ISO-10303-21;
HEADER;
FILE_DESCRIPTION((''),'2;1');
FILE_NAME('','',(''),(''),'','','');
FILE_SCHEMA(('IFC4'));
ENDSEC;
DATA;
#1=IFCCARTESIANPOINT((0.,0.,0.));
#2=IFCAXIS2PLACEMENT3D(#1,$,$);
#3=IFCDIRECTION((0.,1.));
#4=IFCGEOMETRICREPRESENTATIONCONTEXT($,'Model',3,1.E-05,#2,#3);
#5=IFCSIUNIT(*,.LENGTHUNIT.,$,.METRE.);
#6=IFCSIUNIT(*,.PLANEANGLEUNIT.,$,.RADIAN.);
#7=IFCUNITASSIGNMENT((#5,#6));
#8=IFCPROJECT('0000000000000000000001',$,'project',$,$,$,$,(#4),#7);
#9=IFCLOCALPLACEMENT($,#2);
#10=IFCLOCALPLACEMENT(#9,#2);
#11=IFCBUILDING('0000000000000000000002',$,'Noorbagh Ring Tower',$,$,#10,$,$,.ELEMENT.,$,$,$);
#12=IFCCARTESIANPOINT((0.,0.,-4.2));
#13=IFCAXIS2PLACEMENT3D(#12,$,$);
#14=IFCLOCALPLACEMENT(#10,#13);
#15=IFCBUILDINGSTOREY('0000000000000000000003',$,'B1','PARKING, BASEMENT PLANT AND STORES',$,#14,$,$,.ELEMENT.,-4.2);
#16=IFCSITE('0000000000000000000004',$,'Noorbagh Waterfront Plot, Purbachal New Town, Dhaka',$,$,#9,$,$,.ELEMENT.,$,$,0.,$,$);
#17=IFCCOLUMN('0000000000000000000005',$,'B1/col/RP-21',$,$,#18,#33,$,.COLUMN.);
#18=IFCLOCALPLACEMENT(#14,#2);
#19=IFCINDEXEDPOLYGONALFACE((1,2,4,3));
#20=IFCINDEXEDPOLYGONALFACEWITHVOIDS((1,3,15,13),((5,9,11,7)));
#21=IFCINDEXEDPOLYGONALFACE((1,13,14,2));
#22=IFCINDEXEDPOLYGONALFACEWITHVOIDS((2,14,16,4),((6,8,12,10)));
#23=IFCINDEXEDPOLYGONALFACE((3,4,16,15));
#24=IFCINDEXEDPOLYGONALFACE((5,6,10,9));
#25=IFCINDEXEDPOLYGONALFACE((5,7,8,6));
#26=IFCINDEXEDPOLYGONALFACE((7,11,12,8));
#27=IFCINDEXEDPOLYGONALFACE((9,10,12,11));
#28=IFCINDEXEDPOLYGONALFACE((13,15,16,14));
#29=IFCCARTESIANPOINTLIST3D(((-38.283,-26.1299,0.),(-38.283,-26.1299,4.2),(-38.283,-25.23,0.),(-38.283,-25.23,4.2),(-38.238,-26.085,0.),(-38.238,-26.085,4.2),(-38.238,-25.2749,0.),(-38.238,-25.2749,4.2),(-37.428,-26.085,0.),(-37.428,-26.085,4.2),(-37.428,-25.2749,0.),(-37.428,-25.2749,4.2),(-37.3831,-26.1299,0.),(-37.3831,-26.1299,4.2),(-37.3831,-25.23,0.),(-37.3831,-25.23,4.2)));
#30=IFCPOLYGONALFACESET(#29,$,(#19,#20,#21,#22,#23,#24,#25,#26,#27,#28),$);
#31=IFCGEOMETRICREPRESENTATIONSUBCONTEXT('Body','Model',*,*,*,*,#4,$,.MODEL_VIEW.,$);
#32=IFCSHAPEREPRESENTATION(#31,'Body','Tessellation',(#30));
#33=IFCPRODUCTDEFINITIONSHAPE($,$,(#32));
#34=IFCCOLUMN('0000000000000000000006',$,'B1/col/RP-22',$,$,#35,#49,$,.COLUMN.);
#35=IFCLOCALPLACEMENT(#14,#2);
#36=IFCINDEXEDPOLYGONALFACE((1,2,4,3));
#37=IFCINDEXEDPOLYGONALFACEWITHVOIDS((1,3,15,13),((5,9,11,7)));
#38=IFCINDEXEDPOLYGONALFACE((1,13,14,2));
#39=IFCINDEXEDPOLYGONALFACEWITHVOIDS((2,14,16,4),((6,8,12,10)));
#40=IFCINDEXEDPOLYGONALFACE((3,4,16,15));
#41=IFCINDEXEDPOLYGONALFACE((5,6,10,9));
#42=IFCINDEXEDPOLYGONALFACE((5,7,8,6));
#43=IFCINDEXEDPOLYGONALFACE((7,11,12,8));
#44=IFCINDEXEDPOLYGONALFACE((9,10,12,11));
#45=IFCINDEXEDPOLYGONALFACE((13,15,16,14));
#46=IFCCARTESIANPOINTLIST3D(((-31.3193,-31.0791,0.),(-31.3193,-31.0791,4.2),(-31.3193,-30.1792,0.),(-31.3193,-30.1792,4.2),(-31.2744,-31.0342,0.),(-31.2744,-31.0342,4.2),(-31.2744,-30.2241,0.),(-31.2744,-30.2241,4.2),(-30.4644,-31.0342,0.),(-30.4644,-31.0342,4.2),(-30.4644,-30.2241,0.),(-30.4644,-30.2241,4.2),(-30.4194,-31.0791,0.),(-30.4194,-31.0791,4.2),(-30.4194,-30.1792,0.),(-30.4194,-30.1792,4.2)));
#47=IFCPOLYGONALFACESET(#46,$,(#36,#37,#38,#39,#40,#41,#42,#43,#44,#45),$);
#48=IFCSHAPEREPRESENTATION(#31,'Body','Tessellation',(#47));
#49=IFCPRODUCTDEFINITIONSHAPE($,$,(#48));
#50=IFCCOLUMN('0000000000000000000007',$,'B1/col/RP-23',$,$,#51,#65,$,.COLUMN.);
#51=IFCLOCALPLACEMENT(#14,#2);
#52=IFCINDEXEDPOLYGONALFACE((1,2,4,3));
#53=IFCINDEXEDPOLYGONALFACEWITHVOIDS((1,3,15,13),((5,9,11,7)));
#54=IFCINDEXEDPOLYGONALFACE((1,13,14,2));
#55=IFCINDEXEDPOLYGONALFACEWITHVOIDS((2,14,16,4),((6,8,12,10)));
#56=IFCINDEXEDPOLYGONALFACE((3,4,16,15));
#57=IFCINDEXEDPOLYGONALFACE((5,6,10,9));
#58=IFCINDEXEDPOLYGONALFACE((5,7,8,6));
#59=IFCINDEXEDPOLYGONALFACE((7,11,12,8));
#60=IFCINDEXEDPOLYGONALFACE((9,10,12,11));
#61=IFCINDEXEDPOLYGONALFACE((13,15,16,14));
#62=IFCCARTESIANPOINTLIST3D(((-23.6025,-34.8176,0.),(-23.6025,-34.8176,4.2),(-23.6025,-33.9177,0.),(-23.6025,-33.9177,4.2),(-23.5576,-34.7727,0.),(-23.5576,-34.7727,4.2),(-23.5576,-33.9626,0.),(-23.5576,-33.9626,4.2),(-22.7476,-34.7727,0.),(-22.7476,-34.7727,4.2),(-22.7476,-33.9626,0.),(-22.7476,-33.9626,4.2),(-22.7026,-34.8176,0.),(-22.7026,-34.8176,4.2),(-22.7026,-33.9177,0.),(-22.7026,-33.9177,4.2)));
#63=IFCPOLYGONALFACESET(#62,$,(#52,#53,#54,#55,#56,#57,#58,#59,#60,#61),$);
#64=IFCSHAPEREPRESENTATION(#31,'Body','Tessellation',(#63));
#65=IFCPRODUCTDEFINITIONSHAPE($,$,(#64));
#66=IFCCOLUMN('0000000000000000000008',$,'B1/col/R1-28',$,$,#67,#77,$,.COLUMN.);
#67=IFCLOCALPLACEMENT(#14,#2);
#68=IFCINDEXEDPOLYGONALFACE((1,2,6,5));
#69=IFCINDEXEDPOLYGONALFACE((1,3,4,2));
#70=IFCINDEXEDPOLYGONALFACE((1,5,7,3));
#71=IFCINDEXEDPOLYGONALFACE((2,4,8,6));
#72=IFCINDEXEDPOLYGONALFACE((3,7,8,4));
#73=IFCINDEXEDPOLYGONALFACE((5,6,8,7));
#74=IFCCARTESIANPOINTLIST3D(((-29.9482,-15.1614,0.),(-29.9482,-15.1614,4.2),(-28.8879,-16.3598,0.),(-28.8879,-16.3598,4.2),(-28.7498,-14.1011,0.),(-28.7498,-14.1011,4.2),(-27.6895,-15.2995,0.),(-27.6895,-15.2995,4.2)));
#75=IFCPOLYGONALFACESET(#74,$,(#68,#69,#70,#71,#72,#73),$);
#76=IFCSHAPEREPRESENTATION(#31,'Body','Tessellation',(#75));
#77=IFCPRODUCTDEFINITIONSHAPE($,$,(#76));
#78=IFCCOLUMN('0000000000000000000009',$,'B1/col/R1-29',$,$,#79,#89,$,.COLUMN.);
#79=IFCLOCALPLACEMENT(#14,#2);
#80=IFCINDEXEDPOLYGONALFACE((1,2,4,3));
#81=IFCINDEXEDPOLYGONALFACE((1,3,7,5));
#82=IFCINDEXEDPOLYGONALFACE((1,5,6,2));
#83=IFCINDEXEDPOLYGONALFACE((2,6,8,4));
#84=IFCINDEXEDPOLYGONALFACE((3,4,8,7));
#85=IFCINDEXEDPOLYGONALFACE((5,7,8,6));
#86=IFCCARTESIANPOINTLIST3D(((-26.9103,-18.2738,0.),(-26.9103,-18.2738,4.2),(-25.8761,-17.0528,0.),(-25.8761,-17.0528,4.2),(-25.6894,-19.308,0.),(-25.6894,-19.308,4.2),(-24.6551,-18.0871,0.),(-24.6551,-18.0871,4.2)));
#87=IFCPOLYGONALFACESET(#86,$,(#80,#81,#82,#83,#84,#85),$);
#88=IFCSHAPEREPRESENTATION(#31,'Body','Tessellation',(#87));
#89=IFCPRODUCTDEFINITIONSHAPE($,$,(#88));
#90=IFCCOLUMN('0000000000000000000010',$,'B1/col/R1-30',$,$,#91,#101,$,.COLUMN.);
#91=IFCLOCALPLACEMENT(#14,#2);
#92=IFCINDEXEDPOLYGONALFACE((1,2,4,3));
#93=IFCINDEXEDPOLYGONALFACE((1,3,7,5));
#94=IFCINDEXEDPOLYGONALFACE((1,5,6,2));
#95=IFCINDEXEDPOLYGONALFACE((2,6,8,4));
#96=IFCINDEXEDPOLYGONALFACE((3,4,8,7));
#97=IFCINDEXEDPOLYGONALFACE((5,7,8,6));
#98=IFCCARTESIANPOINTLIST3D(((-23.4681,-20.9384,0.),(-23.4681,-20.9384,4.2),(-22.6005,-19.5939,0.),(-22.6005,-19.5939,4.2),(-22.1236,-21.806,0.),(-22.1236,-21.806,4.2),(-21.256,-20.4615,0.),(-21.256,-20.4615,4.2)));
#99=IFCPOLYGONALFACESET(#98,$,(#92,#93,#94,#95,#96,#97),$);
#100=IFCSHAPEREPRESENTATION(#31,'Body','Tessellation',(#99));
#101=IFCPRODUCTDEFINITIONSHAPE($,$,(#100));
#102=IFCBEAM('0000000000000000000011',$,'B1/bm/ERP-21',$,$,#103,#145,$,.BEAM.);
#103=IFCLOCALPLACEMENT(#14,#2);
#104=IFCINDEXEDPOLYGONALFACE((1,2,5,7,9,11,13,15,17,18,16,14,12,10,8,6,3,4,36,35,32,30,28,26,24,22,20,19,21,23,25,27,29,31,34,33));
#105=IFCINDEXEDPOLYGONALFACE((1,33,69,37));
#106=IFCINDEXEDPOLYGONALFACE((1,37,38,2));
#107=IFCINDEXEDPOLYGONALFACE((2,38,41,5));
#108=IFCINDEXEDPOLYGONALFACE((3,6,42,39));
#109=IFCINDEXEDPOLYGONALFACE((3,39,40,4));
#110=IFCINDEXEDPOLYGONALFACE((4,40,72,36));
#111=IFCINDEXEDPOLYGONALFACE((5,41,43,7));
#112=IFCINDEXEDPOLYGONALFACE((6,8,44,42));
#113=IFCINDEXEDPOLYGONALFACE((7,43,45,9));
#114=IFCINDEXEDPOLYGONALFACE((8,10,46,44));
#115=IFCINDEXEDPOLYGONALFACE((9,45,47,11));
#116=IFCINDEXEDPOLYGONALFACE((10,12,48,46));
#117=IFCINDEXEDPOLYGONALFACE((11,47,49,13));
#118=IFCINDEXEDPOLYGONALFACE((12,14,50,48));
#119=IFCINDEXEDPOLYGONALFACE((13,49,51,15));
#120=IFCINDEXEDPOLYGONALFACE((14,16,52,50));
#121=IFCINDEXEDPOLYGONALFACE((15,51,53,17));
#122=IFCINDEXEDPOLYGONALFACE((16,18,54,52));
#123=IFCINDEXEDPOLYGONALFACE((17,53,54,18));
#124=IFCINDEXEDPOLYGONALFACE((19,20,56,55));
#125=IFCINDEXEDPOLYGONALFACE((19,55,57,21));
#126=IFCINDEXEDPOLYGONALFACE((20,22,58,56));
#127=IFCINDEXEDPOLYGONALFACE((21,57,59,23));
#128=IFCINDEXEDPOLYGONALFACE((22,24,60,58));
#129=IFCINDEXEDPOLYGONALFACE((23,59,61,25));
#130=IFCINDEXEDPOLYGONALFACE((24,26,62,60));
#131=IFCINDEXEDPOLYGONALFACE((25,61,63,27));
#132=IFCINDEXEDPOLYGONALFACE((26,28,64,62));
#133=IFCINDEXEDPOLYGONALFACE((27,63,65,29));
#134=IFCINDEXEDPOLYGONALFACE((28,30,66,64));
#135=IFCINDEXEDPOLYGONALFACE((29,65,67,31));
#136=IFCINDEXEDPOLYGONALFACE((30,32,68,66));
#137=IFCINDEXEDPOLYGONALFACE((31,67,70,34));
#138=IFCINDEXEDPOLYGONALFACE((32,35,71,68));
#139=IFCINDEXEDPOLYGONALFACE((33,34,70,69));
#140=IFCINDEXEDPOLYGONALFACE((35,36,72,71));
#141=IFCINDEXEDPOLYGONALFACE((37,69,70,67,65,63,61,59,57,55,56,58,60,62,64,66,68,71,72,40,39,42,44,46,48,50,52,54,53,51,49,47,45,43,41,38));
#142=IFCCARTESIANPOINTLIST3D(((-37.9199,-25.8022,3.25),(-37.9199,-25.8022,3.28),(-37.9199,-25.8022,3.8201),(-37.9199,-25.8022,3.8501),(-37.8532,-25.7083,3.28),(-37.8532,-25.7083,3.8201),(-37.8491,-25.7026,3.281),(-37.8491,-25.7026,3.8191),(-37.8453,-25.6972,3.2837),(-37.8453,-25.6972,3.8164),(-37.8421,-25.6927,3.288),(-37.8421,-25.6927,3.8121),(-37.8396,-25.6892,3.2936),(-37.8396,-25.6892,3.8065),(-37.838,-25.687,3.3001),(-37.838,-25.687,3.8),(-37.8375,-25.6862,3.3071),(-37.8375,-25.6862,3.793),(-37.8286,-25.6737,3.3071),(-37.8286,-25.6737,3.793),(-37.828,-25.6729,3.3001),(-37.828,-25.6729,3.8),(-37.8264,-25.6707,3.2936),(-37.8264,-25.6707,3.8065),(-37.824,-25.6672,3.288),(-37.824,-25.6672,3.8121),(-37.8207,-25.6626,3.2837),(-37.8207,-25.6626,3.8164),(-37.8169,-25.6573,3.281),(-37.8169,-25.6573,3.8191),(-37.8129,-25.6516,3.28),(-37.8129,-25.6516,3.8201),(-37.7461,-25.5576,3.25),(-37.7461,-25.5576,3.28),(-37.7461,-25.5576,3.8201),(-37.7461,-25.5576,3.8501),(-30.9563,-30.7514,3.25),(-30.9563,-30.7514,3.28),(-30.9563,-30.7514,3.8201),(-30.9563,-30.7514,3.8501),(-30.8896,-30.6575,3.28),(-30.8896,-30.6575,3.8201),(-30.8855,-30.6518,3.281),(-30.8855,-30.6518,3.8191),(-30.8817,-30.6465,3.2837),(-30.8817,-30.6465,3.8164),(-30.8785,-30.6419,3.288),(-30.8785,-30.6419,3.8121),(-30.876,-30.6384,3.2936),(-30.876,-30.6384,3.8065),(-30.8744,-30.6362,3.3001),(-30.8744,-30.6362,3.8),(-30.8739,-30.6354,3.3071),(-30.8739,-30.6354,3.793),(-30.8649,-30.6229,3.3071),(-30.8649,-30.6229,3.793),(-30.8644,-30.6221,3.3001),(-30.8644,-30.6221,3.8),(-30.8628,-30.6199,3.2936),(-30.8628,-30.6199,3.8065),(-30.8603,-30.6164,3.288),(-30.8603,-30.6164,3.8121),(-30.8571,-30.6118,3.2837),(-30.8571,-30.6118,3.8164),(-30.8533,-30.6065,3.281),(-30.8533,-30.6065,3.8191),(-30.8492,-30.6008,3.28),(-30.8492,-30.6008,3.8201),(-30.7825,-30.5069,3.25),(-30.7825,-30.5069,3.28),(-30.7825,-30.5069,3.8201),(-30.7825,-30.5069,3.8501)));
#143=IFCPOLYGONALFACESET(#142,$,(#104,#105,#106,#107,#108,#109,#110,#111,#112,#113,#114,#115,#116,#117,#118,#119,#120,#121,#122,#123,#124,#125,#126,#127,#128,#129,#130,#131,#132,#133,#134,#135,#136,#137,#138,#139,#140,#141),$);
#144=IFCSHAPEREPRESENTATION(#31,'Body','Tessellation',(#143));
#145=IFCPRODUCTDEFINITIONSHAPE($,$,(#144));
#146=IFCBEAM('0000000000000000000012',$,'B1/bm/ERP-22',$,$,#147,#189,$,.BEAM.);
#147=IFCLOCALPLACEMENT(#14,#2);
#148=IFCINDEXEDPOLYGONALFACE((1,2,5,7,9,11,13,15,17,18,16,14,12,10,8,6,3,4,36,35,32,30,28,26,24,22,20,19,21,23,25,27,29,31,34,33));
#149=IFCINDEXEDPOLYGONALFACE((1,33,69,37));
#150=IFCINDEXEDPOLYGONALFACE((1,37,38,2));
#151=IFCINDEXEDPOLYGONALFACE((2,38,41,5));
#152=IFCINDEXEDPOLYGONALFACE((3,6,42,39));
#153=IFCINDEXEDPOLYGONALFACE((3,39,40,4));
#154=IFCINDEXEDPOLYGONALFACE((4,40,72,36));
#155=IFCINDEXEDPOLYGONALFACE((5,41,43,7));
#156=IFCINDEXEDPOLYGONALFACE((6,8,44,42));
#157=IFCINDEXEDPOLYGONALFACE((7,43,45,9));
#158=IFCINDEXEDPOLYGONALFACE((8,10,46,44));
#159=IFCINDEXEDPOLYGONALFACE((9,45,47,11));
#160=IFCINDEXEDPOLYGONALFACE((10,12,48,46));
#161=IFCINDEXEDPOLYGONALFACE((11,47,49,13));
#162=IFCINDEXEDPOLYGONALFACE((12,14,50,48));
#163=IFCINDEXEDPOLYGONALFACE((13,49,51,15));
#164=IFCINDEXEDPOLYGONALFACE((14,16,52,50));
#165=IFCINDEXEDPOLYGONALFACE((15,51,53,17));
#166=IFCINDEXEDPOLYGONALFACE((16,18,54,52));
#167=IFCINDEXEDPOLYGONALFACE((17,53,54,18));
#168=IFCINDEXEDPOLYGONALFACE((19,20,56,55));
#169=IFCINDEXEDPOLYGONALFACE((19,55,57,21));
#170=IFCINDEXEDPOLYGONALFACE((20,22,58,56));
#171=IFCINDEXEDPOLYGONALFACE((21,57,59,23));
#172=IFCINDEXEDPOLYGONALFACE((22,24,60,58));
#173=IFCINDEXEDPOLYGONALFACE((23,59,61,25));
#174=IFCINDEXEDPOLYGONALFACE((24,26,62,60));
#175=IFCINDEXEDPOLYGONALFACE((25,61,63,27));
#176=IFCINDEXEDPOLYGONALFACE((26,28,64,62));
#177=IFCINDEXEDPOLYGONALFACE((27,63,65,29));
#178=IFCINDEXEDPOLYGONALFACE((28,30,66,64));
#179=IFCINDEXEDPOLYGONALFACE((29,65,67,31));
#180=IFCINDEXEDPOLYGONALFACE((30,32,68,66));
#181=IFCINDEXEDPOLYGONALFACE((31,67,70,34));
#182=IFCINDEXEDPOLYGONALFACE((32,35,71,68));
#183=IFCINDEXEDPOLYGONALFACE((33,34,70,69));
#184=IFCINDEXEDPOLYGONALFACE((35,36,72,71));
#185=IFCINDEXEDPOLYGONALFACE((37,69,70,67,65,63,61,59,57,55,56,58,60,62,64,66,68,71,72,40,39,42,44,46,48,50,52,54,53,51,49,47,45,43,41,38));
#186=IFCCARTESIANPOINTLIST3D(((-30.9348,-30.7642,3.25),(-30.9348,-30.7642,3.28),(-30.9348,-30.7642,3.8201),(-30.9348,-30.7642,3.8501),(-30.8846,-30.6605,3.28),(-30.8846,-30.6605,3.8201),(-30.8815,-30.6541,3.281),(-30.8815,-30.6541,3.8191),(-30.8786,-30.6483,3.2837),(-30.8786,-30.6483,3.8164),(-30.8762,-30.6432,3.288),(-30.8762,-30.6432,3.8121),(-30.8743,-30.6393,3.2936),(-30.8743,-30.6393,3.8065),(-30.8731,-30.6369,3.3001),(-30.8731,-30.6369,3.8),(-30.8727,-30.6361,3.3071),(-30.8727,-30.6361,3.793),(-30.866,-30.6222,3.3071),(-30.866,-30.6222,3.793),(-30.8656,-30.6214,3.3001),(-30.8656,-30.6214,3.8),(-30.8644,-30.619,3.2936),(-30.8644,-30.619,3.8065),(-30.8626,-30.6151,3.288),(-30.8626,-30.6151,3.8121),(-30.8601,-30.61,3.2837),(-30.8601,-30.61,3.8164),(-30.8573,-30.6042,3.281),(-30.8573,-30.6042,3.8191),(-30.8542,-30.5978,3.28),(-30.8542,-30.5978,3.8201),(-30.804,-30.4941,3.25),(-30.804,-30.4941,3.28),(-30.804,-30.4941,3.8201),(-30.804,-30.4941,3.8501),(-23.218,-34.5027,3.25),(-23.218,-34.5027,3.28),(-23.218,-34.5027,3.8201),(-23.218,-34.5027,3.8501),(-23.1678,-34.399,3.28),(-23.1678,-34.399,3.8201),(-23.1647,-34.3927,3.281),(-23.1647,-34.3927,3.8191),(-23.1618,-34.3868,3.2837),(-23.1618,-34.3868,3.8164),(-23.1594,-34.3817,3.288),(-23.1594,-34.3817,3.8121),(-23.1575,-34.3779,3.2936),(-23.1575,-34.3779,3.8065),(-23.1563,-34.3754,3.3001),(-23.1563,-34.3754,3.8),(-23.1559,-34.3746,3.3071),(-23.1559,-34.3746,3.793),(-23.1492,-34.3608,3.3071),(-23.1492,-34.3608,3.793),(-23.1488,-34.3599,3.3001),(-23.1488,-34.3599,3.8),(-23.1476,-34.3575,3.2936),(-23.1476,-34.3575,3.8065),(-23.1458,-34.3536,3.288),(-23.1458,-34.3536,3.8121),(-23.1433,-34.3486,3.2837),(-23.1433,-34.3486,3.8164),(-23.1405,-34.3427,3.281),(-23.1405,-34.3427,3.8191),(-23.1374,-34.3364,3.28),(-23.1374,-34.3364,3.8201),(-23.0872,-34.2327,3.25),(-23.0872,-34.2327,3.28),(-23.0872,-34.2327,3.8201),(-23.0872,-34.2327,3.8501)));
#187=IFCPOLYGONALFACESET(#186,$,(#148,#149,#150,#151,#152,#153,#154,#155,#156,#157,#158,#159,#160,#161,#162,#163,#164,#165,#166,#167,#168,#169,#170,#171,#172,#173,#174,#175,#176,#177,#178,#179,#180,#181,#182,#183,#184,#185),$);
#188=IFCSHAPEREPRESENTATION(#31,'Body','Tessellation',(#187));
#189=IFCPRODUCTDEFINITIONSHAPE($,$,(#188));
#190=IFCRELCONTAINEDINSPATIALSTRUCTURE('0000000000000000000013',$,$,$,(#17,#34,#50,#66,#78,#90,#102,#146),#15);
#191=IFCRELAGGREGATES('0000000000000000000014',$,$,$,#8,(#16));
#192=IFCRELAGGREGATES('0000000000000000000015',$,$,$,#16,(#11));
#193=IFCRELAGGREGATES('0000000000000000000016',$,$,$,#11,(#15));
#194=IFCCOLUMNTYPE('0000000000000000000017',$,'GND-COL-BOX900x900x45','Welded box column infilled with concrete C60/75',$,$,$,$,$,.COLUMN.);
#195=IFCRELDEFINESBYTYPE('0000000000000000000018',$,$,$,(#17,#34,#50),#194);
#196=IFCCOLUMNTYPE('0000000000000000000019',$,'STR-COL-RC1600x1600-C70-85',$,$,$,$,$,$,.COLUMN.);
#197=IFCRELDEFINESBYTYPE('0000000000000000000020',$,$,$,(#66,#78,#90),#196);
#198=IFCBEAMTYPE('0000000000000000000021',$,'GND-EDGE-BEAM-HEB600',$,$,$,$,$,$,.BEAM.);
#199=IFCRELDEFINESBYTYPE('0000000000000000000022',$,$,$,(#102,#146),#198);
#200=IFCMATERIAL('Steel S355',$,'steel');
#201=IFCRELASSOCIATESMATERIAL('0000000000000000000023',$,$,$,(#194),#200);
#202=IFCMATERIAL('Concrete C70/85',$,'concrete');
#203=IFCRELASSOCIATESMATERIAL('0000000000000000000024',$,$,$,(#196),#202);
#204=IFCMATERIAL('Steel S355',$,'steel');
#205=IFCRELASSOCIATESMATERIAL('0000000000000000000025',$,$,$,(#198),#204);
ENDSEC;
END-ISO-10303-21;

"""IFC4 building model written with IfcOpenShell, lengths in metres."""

from ifc_helpers import new_model, si_unit, direction, frame, origin, origin_2d, place, context, subcontext, project, spatial, rectangle, hollow_rectangle, i_section, extrude, material, material_profile, profile_set, type_object, element, save


model = new_model("IFC4")

# Units and contexts
model_context = context("Model", 3, precision=1e-05, world=origin(), true_north=direction((0.0, 1.0)))
body_context = subcontext(model_context, "Body", "Model", "MODEL_VIEW")
ifc_project = project(units=[si_unit("LENGTHUNIT", "METRE"), si_unit("PLANEANGLEUNIT", "RADIAN")], contexts=[model_context])

# Site, building, storey
site_placement = place(None, origin())
site = spatial("IfcSite", under=ifc_project, at=site_placement, Name="Noorbagh Waterfront Plot, Purbachal New Town, Dhaka", CompositionType="ELEMENT", RefElevation=0.0)
building_placement = place(site_placement, origin())
building = spatial("IfcBuilding", under=site, at=building_placement, Name="Noorbagh Ring Tower", CompositionType="ELEMENT")
storey_placement = place(building_placement, frame((0.0, 0.0, -4.2)))
storey = spatial("IfcBuildingStorey", under=building, at=storey_placement, Name="B1", Description="PARKING, BASEMENT PLANT AND STORES", CompositionType="ELEMENT", Elevation=-4.2)

# Columns
ifc_material_1 = material(Name="Steel S355", Category="steel")
ifc_material_profile_1 = material_profile(ifc_material_1, hollow_rectangle(XDim=0.8999, YDim=0.8999, WallThickness=0.0449, at=origin_2d()), Name="BOX900x900x45")
ifc_profile_set_1 = profile_set([ifc_material_profile_1], Name="Steel S355")
column_type_1 = type_object("IfcColumnType", Name="GND-COL-BOX900x900x45", Description="Welded box column infilled with concrete C60/75", PredefinedType="COLUMN", material=ifc_profile_set_1)
for number, where, z_axis, x_axis, name in (
    (1, (-37.833, -25.6799, 0.0), (0.0, 0.0, 1.0), (1.0, 0.0, 0.0), "B1/col/RP-21"),
    (2, (-30.8694, -30.6292, 0.0), (0.0, 0.0, 1.0), (1.0, 0.0, 0.0), "B1/col/RP-22"),
    (3, (-23.1526, -34.3677, 0.0), (0.0, 0.0, 1.0), (1.0, 0.0, 0.0), "B1/col/RP-23"),
):
    element("IfcColumn", number, at=place(storey_placement, frame(where, z_axis=z_axis, x_axis=x_axis)), inside=storey, type_object=column_type_1, Name=name, PredefinedType="COLUMN", context=body_context, shape_type="SweptSolid", body=[
        extrude(hollow_rectangle(XDim=0.8999, YDim=0.8999, WallThickness=0.0449, at=origin_2d()), origin(), (0.0, 0.0, 1.0), 4.2),
    ])
ifc_material_2 = material(Name="Concrete C70/85", Category="concrete")
ifc_material_profile_2 = material_profile(ifc_material_2, rectangle(XDim=1.6001, YDim=1.6001, at=origin_2d()), Name="RC1600x1600")
ifc_profile_set_2 = profile_set([ifc_material_profile_2], Name="Concrete C70/85")
column_type_2 = type_object("IfcColumnType", Name="STR-COL-RC1600x1600-C70-85", PredefinedType="COLUMN", material=ifc_profile_set_2)
for number, where, z_axis, x_axis, name in (
    (4, (-28.8188, -15.2305, 0.0), (0.0, 0.0, 1.0), (0.662636, -0.748942, 0.0), "B1/col/R1-28"),
    (5, (-25.7827, -18.1804, 0.0), (0.0, 0.0, 1.0), (0.763035, -0.646357, 0.0), "B1/col/R1-29"),
    (6, (-22.3621, -20.7, 0.0), (0.0, 0.0, 1.0), (0.840248, -0.542203, 0.0), "B1/col/R1-30"),
):
    element("IfcColumn", number, at=place(storey_placement, frame(where, z_axis=z_axis, x_axis=x_axis)), inside=storey, type_object=column_type_2, Name=name, PredefinedType="COLUMN", context=body_context, shape_type="SweptSolid", body=[
        extrude(rectangle(XDim=1.6001, YDim=1.6001, at=origin_2d()), origin(), (0.0, 0.0, 1.0), 4.2),
    ])

# Beams
ifc_material_3 = material(Name="Steel S355", Category="steel")
ifc_material_profile_3 = material_profile(ifc_material_3, i_section(OverallWidth=0.3, OverallDepth=0.6001, WebThickness=0.0154, FlangeThickness=0.03, FilletRadius=0.0271, at=origin_2d()), Name="HEB600")
ifc_profile_set_3 = profile_set([ifc_material_profile_3], Name="Steel S355")
beam_type_1 = type_object("IfcBeamType", Name="GND-EDGE-BEAM-HEB600", PredefinedType="BEAM", material=ifc_profile_set_3)
beam_1_placement = place(storey_placement, frame((-37.833, -25.6799, 3.55), z_axis=(0.815104, -0.579315, 0.0), x_axis=(0.579315, 0.815104, 0.0)))
element("IfcBeam", 7, at=beam_1_placement, inside=storey, type_object=beam_type_1, Name="B1/bm/ERP-21", PredefinedType="BEAM", context=body_context, shape_type="SweptSolid", body=[
    extrude(i_section(OverallWidth=0.3, OverallDepth=0.6001, WebThickness=0.0154, FlangeThickness=0.03, FilletRadius=0.0271, at=origin_2d()), origin(), (0.0, 0.0, 1.0), 8.5432),
])
beam_2_placement = place(storey_placement, frame((-30.8694, -30.6292, 3.55), z_axis=(0.899949, -0.435995, 0.0), x_axis=(0.435995, 0.899949, 0.0)))
element("IfcBeam", 8, at=beam_2_placement, inside=storey, type_object=beam_type_1, Name="B1/bm/ERP-22", PredefinedType="BEAM", context=body_context, shape_type="SweptSolid", body=[
    extrude(i_section(OverallWidth=0.3, OverallDepth=0.6001, WebThickness=0.0154, FlangeThickness=0.03, FilletRadius=0.0271, at=origin_2d()), origin(), (0.0, 0.0, 1.0), 8.5747),
])

save(model, "model.ifc")
